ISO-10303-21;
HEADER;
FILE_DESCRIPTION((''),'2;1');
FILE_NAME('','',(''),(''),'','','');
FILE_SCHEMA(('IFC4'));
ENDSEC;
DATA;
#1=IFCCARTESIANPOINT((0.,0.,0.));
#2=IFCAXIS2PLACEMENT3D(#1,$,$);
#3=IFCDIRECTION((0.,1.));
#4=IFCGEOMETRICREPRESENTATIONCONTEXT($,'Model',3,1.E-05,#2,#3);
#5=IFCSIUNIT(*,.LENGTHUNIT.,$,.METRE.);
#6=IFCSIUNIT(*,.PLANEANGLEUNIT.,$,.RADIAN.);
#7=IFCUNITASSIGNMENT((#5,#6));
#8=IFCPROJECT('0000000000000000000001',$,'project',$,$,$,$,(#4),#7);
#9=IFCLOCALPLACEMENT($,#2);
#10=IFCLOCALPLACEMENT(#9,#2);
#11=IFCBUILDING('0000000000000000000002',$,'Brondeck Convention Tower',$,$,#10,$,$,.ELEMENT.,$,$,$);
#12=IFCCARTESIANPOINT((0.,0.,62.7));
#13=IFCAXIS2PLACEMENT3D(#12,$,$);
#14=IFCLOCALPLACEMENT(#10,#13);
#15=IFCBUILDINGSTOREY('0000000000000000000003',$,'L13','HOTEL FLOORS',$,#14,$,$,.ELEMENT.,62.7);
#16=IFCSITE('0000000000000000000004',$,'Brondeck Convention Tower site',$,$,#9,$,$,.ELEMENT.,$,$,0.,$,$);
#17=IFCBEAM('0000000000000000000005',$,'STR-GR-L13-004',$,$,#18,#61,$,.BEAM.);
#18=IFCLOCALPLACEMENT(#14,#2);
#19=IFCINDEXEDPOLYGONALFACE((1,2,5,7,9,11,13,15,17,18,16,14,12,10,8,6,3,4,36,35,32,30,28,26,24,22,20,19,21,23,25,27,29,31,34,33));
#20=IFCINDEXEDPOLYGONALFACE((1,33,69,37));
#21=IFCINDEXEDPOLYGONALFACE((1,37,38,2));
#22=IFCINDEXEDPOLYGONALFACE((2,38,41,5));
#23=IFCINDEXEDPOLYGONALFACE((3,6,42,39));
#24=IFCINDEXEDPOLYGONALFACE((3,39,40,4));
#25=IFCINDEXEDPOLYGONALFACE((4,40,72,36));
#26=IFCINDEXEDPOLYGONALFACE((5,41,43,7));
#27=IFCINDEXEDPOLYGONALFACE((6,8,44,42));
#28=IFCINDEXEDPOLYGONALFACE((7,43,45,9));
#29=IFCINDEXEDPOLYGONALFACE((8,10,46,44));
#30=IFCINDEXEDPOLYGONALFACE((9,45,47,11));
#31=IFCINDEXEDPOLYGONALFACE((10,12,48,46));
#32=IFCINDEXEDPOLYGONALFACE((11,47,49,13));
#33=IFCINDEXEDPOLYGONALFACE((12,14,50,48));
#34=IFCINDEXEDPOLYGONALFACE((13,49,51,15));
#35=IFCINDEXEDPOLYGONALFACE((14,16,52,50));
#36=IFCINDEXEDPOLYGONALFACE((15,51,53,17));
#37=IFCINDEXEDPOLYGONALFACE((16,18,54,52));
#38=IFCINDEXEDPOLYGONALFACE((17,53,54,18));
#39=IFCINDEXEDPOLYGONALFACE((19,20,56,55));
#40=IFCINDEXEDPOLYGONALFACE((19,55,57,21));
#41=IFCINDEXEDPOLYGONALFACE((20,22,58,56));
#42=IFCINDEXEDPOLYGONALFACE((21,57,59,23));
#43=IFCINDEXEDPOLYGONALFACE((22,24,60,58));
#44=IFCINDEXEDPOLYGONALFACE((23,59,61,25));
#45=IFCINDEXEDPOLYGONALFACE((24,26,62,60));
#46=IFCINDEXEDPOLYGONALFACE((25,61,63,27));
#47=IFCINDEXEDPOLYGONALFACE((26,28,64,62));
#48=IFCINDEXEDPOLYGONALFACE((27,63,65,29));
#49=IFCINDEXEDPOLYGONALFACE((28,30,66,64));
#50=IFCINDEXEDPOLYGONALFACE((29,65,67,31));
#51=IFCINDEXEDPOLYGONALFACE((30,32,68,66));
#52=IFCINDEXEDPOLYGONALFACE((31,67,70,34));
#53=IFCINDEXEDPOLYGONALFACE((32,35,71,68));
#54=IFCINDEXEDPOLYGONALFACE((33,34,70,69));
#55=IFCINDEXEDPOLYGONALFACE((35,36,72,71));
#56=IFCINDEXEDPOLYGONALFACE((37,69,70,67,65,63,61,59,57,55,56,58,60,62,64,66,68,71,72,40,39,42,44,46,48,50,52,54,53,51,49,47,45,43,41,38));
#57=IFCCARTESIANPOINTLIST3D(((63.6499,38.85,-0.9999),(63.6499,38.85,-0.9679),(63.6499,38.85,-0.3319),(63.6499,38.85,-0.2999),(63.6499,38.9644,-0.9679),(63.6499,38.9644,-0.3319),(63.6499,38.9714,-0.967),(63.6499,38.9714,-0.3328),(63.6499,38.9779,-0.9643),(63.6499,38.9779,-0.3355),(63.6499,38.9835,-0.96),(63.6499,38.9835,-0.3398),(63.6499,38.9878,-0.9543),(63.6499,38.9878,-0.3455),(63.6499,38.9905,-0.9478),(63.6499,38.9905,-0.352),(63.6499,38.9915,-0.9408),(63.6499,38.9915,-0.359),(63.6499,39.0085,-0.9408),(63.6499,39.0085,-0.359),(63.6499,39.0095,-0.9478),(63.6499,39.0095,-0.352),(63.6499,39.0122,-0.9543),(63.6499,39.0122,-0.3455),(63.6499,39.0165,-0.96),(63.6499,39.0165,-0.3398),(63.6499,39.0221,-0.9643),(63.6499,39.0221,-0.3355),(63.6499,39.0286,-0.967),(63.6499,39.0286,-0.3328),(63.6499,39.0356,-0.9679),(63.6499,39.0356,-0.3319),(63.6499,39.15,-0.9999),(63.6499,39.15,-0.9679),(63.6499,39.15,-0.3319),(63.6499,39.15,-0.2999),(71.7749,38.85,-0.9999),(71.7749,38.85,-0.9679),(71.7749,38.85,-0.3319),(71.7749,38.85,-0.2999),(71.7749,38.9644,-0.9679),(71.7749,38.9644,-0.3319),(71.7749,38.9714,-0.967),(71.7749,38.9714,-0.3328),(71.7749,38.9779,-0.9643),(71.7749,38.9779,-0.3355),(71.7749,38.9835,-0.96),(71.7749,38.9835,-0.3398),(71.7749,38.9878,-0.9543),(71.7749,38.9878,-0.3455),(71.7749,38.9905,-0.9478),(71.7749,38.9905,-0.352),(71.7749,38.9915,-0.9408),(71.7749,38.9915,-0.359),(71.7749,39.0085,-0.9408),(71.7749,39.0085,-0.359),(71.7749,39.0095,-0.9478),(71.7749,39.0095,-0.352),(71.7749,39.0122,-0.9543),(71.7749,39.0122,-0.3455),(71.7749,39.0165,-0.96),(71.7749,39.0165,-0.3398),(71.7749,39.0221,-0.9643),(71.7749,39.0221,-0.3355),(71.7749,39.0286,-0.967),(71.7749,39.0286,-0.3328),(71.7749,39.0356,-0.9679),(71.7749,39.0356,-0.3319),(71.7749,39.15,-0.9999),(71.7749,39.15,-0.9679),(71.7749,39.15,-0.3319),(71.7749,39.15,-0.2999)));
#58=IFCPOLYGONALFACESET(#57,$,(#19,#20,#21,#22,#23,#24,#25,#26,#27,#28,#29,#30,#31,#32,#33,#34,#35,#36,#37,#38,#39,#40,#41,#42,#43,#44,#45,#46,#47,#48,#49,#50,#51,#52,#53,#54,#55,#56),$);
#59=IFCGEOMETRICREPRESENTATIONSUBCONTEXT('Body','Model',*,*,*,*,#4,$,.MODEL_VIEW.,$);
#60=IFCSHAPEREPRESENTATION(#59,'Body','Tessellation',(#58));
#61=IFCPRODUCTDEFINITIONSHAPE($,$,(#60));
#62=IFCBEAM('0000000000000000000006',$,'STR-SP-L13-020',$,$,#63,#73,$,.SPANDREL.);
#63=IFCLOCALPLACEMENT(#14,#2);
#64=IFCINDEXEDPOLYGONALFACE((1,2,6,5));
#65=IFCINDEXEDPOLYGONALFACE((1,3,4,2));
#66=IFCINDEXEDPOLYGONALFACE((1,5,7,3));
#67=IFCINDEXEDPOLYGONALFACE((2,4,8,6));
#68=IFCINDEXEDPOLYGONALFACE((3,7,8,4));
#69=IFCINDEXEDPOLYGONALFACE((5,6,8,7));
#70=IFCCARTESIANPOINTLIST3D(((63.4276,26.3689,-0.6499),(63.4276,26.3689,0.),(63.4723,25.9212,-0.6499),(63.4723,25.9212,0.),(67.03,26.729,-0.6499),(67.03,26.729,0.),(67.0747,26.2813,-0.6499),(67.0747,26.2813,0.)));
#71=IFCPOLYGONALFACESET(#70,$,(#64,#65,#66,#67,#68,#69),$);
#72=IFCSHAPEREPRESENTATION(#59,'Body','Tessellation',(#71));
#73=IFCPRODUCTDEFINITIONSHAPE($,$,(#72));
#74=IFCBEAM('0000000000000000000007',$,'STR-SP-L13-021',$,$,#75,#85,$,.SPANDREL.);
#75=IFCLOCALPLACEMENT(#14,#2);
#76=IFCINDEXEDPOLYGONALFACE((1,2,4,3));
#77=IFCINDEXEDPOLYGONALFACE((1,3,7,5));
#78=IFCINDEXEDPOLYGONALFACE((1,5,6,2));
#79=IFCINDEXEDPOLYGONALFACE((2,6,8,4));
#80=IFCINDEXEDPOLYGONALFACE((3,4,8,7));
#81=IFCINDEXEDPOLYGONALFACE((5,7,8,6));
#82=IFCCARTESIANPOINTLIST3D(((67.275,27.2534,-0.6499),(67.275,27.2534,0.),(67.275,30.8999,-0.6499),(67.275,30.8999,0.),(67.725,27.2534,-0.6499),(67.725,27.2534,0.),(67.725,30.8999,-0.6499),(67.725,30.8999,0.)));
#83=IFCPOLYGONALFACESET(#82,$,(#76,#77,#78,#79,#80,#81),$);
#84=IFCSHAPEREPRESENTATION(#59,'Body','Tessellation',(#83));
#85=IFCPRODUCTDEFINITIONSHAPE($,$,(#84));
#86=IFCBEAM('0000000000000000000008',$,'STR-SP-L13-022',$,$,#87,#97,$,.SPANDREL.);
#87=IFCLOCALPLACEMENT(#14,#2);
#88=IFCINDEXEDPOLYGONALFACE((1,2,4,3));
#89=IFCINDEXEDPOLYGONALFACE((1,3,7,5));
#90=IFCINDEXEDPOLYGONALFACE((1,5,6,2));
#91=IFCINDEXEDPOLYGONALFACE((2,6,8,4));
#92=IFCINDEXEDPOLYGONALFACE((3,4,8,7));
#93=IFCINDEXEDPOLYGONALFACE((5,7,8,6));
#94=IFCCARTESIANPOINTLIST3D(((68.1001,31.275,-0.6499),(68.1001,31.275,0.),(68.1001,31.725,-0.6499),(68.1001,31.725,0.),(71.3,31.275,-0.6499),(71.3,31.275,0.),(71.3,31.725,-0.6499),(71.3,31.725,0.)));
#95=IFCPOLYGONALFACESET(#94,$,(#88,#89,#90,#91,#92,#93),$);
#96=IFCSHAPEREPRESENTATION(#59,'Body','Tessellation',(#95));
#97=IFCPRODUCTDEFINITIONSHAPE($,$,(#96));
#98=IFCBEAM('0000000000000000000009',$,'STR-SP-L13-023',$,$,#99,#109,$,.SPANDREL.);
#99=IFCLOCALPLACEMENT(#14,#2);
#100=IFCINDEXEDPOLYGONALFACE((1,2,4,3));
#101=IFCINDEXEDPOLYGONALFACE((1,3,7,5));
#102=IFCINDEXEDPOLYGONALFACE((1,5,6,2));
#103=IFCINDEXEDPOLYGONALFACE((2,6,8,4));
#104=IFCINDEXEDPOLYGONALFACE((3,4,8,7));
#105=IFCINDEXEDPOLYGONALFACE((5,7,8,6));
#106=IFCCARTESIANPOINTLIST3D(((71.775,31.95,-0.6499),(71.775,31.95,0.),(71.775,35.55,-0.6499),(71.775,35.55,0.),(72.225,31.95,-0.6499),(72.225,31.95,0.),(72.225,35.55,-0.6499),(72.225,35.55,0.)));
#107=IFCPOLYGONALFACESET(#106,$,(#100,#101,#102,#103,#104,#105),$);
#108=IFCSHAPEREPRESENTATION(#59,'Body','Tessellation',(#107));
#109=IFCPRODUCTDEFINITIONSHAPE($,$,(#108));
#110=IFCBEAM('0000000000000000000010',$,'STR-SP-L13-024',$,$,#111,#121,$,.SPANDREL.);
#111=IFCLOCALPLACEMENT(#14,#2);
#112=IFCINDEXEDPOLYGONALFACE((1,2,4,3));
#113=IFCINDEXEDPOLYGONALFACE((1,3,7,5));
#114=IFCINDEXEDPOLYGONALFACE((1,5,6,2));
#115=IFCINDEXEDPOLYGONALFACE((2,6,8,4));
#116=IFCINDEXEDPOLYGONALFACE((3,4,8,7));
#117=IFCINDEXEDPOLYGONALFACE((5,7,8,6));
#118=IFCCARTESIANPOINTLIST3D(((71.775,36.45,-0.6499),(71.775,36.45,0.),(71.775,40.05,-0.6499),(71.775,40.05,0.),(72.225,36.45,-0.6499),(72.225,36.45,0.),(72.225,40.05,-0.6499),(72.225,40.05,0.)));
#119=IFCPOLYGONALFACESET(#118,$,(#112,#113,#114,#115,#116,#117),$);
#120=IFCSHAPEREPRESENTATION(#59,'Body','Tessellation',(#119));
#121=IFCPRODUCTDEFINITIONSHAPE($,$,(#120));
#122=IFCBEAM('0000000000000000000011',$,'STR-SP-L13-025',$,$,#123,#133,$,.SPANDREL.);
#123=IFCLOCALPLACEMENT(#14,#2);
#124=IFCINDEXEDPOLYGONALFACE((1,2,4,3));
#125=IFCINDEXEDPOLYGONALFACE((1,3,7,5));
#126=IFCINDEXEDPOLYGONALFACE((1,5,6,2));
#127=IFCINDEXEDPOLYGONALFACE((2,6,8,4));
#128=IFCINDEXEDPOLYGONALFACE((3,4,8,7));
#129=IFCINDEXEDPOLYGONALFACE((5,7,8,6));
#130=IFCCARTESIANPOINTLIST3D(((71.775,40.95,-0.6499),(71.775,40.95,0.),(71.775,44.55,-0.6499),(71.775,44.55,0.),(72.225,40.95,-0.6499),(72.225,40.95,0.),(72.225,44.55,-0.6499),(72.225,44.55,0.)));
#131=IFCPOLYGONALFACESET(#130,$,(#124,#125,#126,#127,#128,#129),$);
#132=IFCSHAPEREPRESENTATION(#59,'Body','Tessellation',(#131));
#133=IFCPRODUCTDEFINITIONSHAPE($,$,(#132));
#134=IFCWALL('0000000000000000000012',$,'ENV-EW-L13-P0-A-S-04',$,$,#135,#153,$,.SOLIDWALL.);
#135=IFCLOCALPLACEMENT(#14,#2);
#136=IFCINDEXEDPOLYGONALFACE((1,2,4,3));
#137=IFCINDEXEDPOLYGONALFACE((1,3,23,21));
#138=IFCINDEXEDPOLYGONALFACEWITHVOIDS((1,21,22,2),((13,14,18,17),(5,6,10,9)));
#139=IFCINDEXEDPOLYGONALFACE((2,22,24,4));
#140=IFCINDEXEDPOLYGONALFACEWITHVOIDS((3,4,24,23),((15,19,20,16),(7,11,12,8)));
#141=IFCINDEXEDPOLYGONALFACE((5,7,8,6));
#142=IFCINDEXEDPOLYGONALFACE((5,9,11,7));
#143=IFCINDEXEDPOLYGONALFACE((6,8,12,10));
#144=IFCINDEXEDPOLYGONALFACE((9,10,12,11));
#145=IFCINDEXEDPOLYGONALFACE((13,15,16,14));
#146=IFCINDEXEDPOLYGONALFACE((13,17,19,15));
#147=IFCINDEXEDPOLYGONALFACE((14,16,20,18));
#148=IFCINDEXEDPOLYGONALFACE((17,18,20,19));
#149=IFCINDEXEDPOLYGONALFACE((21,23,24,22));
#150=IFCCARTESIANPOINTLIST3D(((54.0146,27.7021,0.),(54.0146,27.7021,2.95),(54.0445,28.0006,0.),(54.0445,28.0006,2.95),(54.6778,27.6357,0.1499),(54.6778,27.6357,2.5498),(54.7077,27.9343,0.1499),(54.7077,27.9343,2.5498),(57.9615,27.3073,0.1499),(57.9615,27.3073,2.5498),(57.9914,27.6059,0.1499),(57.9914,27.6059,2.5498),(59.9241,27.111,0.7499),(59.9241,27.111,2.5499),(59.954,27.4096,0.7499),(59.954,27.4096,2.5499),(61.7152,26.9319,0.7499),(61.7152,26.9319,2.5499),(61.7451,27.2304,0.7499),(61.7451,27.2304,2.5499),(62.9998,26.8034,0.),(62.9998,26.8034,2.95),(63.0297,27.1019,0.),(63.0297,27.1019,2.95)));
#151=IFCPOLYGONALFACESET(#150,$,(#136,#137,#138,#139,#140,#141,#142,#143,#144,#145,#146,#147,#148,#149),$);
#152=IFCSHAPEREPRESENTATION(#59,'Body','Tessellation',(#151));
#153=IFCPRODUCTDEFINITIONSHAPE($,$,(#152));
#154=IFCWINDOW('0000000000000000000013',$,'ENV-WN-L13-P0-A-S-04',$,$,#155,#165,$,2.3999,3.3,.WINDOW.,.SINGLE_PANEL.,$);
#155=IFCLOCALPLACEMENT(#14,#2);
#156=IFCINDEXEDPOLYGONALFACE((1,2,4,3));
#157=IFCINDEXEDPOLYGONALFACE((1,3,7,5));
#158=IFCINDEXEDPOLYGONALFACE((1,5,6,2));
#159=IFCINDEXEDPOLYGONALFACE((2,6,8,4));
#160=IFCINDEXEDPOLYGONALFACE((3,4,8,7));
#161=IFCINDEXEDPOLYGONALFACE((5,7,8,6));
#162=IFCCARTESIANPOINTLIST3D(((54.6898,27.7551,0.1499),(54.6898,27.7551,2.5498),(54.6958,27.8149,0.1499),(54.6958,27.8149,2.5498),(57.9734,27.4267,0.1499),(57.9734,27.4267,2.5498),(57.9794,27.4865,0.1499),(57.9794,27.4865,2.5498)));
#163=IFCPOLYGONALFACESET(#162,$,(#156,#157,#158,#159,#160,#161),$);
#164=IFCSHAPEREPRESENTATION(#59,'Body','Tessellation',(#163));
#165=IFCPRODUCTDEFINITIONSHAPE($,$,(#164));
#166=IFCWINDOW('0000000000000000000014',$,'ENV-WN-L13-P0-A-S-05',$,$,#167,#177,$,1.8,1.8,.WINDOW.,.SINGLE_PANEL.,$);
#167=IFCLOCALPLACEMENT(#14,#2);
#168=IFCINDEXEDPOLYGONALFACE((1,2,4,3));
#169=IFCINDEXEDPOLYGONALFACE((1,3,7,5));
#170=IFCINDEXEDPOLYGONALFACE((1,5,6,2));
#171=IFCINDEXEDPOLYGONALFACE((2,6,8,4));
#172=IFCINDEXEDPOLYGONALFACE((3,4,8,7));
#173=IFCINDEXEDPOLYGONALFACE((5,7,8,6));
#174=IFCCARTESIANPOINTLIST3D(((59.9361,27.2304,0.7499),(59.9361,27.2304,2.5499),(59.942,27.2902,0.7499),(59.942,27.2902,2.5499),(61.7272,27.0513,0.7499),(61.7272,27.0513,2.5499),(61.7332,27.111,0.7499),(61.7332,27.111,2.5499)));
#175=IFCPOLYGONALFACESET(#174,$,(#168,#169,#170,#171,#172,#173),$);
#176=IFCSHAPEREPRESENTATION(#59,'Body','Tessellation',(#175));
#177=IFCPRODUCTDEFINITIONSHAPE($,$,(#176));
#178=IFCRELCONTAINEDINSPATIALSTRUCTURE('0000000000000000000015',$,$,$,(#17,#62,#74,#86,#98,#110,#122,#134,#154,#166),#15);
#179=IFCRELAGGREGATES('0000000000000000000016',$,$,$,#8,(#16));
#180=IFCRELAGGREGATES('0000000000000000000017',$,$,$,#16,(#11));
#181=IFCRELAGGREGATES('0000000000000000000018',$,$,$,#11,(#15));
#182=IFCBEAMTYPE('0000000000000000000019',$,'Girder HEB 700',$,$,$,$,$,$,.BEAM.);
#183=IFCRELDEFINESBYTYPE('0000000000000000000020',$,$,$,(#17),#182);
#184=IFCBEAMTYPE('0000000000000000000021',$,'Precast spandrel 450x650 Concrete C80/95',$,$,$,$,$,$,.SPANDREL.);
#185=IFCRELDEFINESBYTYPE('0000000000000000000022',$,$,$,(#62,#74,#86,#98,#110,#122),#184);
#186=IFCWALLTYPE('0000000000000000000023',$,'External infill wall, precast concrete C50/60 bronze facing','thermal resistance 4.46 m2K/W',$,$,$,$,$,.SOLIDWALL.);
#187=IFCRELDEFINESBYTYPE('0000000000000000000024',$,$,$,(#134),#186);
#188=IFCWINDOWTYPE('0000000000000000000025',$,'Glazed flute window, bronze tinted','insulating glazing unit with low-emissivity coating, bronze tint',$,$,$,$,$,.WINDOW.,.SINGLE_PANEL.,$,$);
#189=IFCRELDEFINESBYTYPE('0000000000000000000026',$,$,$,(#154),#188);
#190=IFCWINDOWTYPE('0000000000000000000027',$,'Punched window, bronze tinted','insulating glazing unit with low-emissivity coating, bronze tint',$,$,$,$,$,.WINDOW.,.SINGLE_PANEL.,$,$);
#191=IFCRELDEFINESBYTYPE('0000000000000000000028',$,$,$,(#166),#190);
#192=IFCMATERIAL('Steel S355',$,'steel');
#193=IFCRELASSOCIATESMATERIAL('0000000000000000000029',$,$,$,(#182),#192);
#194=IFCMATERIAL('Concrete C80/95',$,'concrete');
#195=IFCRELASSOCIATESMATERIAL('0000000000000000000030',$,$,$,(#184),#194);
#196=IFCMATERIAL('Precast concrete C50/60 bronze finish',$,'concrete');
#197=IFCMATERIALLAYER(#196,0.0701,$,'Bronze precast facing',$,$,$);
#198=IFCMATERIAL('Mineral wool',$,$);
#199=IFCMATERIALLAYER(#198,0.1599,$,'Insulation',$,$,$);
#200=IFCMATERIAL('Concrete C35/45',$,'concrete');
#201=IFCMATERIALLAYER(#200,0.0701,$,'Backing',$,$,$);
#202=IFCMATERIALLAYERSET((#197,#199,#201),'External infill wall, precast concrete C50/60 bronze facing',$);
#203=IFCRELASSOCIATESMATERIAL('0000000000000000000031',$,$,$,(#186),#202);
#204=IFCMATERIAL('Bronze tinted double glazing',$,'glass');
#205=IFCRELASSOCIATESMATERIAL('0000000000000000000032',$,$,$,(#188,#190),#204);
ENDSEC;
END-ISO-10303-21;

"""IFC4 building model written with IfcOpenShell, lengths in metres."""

from ifc_helpers import new_model, si_unit, direction, frame, frame_2d, origin, origin_2d, place, context, subcontext, project, spatial, rectangle, i_section, extrude, material, layer, layer_set, material_profile, profile_set, type_object, element, fill, save


model = new_model("IFC4")

# Units and contexts
model_context = context("Model", 3, precision=1e-05, world=origin(), true_north=direction((0.0, 1.0)))
body_context = subcontext(model_context, "Body", "Model", "MODEL_VIEW")
ifc_project = project(units=[si_unit("LENGTHUNIT", "METRE"), si_unit("PLANEANGLEUNIT", "RADIAN")], contexts=[model_context])

# Site, building, storey
site_placement = place(None, origin())
site = spatial("IfcSite", under=ifc_project, at=site_placement, Name="Brondeck Convention Tower site", CompositionType="ELEMENT", RefElevation=0.0)
building_placement = place(site_placement, origin())
building = spatial("IfcBuilding", under=site, at=building_placement, Name="Brondeck Convention Tower", CompositionType="ELEMENT")
storey_placement = place(building_placement, frame((0.0, 0.0, 62.7)))
storey = spatial("IfcBuildingStorey", under=building, at=storey_placement, Name="L13", Description="HOTEL FLOORS", CompositionType="ELEMENT", Elevation=62.7)

# Shared definitions
ifc_material_1 = material(Name="Concrete C80/95", Category="concrete")

# Beams
ifc_material_2 = material(Name="Steel S355", Category="steel")
ifc_material_profile_1 = material_profile(ifc_material_2, i_section(OverallWidth=0.3, OverallDepth=0.7, WebThickness=0.0171, FlangeThickness=0.032, FilletRadius=0.0271, at=origin_2d()), Name="HEB 700")
ifc_profile_set_1 = profile_set([ifc_material_profile_1], Name="Steel S355")
beam_type_1 = type_object("IfcBeamType", Name="Girder HEB 700", PredefinedType="BEAM", material=ifc_profile_set_1)
beam_1_placement = place(storey_placement, frame((63.6499, 39.0, -0.6499), z_axis=(1.0, 0.0, 0.0), x_axis=(0.0, 1.0, 0.0)))
element("IfcBeam", 1, at=beam_1_placement, inside=storey, type_object=beam_type_1, Name="STR-GR-L13-004", PredefinedType="BEAM", context=body_context, shape_type="SweptSolid", body=[
    extrude(i_section(OverallWidth=0.3, OverallDepth=0.7, WebThickness=0.0171, FlangeThickness=0.032, FilletRadius=0.0271, at=origin_2d()), origin(), (0.0, 0.0, 1.0), 8.125),
])
ifc_material_profile_2 = material_profile(ifc_material_1, rectangle(XDim=0.45, YDim=0.6499, at=origin_2d()), Name="Precast spandrel 450x650 Concrete C80/95")
ifc_profile_set_2 = profile_set([ifc_material_profile_2], Name="Concrete C80/95")
beam_type_2 = type_object("IfcBeamType", Name="Precast spandrel 450x650 Concrete C80/95", PredefinedType="SPANDREL", material=ifc_profile_set_2)
beam_2_placement = place(storey_placement, frame((63.45, 26.145, -0.325), z_axis=(0.995041, 0.09947, 0.0), x_axis=(-0.09947, 0.995041, 0.0)))
element("IfcBeam", 2, at=beam_2_placement, inside=storey, type_object=beam_type_2, Name="STR-SP-L13-020", PredefinedType="SPANDREL", context=body_context, shape_type="SweptSolid", body=[
    extrude(rectangle(XDim=0.45, YDim=0.6499, at=origin_2d()), origin(), (0.0, 0.0, 1.0), 3.6204),
])
beam_3_placement = place(storey_placement, frame((67.5, 27.2534, -0.325), z_axis=(0.0, 1.0, 0.0), x_axis=(-1.0, 0.0, 0.0)))
element("IfcBeam", 3, at=beam_3_placement, inside=storey, type_object=beam_type_2, Name="STR-SP-L13-021", PredefinedType="SPANDREL", context=body_context, shape_type="SweptSolid", body=[
    extrude(rectangle(XDim=0.45, YDim=0.6499, at=origin_2d()), origin(), (0.0, 0.0, 1.0), 3.6465),
])
beam_4_placement = place(storey_placement, frame((68.1001, 31.5, -0.325), z_axis=(1.0, 0.0, 0.0), x_axis=(0.0, 1.0, 0.0)))
element("IfcBeam", 4, at=beam_4_placement, inside=storey, type_object=beam_type_2, Name="STR-SP-L13-022", PredefinedType="SPANDREL", context=body_context, shape_type="SweptSolid", body=[
    extrude(rectangle(XDim=0.45, YDim=0.6499, at=origin_2d()), origin(), (0.0, 0.0, 1.0), 3.2),
])
for number, where, z_axis, x_axis, name in (
    (5, (72.0, 31.95, -0.325), (0.0, 1.0, 0.0), (-1.0, 0.0, 0.0), "STR-SP-L13-023"),
    (6, (72.0, 36.45, -0.325), (0.0, 1.0, 0.0), (-1.0, 0.0, 0.0), "STR-SP-L13-024"),
    (7, (72.0, 40.95, -0.325), (0.0, 1.0, 0.0), (-1.0, 0.0, 0.0), "STR-SP-L13-025"),
):
    element("IfcBeam", number, at=place(storey_placement, frame(where, z_axis=z_axis, x_axis=x_axis)), inside=storey, type_object=beam_type_2, Name=name, PredefinedType="SPANDREL", context=body_context, shape_type="SweptSolid", body=[
        extrude(rectangle(XDim=0.45, YDim=0.6499, at=origin_2d()), origin(), (0.0, 0.0, 1.0), 3.6001),
    ])

# Wall, openings, windows
ifc_material_3 = material(Name="Precast concrete C50/60 bronze finish", Category="concrete")
ifc_layer_1 = layer(ifc_material_3, 0.0701, Name="Bronze precast facing")
ifc_material_4 = material(Name="Mineral wool")
ifc_layer_2 = layer(ifc_material_4, 0.1599, Name="Insulation")
ifc_material_5 = material(Name="Concrete C35/45", Category="concrete")
ifc_layer_3 = layer(ifc_material_5, 0.0701, Name="Backing")
ifc_layer_set_1 = layer_set([ifc_layer_1, ifc_layer_2, ifc_layer_3], Name="External infill wall, precast concrete C50/60 bronze facing")
wall_type_1 = type_object("IfcWallType", Name="External infill wall, precast concrete C50/60 bronze facing", Description="thermal resistance 4.46 m2K/W", PredefinedType="SOLIDWALL", material=ifc_layer_set_1)
wall_1_placement = place(storey_placement, frame((63.0149, 26.9526, 0.0), z_axis=(0.0, 0.0, 1.0), x_axis=(-0.995035, 0.099522, 0.0)))
wall_1 = element("IfcWall", 8, at=wall_1_placement, inside=storey, type_object=wall_type_1, Name="ENV-EW-L13-P0-A-S-04", PredefinedType="SOLIDWALL", context=body_context, shape_type="SweptSolid", body=[
    extrude(rectangle(XDim=9.03, YDim=0.3, at=frame_2d((4.5151, 0.0))), origin(), (0.0, 0.0, 1.0), 2.95),
])
opening_1_placement = place(wall_1_placement, frame((1.2913, 0.0, 0.75)))
opening_1 = element("IfcOpeningElement", 9, at=opening_1_placement, cuts=wall_1, PredefinedType="OPENING", context=body_context, shape_type="SweptSolid", body=[
    extrude(rectangle(XDim=1.8, YDim=1.8, at=frame_2d((0.8999, 0.8999))), frame((0.0, 0.1599, 0.0), z_axis=(0.0, -1.0, 0.0), x_axis=(1.0, 0.0, 0.0)), (0.0, 0.0, 1.0), 0.3201),
])
opening_2_placement = place(wall_1_placement, frame((5.0637, 0.0, 0.1499)))
opening_2 = element("IfcOpeningElement", 10, at=opening_2_placement, cuts=wall_1, PredefinedType="OPENING", context=body_context, shape_type="SweptSolid", body=[
    extrude(rectangle(XDim=3.3, YDim=2.3999, at=frame_2d((1.6499, 1.2))), frame((0.0, 0.1599, 0.0), z_axis=(0.0, -1.0, 0.0), x_axis=(1.0, 0.0, 0.0)), (0.0, 0.0, 1.0), 0.3201),
])
ifc_material_6 = material(Name="Bronze tinted double glazing", Category="glass")
window_type_1 = type_object("IfcWindowType", Name="Glazed flute window, bronze tinted", Description="insulating glazing unit with low-emissivity coating, bronze tint", PartitioningType="SINGLE_PANEL", PredefinedType="WINDOW", material=ifc_material_6)
window_1_placement = place(opening_2_placement, origin())
window_1 = element("IfcWindow", 11, at=window_1_placement, inside=storey, type_object=window_type_1, Name="ENV-WN-L13-P0-A-S-04", OverallHeight=2.3999, OverallWidth=3.3, PartitioningType="SINGLE_PANEL", PredefinedType="WINDOW", context=body_context, shape_type="SweptSolid", body=[
    extrude(rectangle(XDim=3.3, YDim=2.3999, at=frame_2d((1.6499, 1.2))), frame((0.0, 0.03, 0.0), z_axis=(0.0, -1.0, 0.0), x_axis=(1.0, 0.0, 0.0)), (0.0, 0.0, 1.0), 0.0601),
])
fill(opening_2, window_1)
window_type_2 = type_object("IfcWindowType", Name="Punched window, bronze tinted", Description="insulating glazing unit with low-emissivity coating, bronze tint", PartitioningType="SINGLE_PANEL", PredefinedType="WINDOW", material=ifc_material_6)
window_2_placement = place(opening_1_placement, origin())
window_2 = element("IfcWindow", 12, at=window_2_placement, inside=storey, type_object=window_type_2, Name="ENV-WN-L13-P0-A-S-05", OverallHeight=1.8, OverallWidth=1.8, PartitioningType="SINGLE_PANEL", PredefinedType="WINDOW", context=body_context, shape_type="SweptSolid", body=[
    extrude(rectangle(XDim=1.8, YDim=1.8, at=frame_2d((0.8999, 0.8999))), frame((0.0, 0.03, 0.0), z_axis=(0.0, -1.0, 0.0), x_axis=(1.0, 0.0, 0.0)), (0.0, 0.0, 1.0), 0.0601),
])
fill(opening_1, window_2)

save(model, "model.ifc")
